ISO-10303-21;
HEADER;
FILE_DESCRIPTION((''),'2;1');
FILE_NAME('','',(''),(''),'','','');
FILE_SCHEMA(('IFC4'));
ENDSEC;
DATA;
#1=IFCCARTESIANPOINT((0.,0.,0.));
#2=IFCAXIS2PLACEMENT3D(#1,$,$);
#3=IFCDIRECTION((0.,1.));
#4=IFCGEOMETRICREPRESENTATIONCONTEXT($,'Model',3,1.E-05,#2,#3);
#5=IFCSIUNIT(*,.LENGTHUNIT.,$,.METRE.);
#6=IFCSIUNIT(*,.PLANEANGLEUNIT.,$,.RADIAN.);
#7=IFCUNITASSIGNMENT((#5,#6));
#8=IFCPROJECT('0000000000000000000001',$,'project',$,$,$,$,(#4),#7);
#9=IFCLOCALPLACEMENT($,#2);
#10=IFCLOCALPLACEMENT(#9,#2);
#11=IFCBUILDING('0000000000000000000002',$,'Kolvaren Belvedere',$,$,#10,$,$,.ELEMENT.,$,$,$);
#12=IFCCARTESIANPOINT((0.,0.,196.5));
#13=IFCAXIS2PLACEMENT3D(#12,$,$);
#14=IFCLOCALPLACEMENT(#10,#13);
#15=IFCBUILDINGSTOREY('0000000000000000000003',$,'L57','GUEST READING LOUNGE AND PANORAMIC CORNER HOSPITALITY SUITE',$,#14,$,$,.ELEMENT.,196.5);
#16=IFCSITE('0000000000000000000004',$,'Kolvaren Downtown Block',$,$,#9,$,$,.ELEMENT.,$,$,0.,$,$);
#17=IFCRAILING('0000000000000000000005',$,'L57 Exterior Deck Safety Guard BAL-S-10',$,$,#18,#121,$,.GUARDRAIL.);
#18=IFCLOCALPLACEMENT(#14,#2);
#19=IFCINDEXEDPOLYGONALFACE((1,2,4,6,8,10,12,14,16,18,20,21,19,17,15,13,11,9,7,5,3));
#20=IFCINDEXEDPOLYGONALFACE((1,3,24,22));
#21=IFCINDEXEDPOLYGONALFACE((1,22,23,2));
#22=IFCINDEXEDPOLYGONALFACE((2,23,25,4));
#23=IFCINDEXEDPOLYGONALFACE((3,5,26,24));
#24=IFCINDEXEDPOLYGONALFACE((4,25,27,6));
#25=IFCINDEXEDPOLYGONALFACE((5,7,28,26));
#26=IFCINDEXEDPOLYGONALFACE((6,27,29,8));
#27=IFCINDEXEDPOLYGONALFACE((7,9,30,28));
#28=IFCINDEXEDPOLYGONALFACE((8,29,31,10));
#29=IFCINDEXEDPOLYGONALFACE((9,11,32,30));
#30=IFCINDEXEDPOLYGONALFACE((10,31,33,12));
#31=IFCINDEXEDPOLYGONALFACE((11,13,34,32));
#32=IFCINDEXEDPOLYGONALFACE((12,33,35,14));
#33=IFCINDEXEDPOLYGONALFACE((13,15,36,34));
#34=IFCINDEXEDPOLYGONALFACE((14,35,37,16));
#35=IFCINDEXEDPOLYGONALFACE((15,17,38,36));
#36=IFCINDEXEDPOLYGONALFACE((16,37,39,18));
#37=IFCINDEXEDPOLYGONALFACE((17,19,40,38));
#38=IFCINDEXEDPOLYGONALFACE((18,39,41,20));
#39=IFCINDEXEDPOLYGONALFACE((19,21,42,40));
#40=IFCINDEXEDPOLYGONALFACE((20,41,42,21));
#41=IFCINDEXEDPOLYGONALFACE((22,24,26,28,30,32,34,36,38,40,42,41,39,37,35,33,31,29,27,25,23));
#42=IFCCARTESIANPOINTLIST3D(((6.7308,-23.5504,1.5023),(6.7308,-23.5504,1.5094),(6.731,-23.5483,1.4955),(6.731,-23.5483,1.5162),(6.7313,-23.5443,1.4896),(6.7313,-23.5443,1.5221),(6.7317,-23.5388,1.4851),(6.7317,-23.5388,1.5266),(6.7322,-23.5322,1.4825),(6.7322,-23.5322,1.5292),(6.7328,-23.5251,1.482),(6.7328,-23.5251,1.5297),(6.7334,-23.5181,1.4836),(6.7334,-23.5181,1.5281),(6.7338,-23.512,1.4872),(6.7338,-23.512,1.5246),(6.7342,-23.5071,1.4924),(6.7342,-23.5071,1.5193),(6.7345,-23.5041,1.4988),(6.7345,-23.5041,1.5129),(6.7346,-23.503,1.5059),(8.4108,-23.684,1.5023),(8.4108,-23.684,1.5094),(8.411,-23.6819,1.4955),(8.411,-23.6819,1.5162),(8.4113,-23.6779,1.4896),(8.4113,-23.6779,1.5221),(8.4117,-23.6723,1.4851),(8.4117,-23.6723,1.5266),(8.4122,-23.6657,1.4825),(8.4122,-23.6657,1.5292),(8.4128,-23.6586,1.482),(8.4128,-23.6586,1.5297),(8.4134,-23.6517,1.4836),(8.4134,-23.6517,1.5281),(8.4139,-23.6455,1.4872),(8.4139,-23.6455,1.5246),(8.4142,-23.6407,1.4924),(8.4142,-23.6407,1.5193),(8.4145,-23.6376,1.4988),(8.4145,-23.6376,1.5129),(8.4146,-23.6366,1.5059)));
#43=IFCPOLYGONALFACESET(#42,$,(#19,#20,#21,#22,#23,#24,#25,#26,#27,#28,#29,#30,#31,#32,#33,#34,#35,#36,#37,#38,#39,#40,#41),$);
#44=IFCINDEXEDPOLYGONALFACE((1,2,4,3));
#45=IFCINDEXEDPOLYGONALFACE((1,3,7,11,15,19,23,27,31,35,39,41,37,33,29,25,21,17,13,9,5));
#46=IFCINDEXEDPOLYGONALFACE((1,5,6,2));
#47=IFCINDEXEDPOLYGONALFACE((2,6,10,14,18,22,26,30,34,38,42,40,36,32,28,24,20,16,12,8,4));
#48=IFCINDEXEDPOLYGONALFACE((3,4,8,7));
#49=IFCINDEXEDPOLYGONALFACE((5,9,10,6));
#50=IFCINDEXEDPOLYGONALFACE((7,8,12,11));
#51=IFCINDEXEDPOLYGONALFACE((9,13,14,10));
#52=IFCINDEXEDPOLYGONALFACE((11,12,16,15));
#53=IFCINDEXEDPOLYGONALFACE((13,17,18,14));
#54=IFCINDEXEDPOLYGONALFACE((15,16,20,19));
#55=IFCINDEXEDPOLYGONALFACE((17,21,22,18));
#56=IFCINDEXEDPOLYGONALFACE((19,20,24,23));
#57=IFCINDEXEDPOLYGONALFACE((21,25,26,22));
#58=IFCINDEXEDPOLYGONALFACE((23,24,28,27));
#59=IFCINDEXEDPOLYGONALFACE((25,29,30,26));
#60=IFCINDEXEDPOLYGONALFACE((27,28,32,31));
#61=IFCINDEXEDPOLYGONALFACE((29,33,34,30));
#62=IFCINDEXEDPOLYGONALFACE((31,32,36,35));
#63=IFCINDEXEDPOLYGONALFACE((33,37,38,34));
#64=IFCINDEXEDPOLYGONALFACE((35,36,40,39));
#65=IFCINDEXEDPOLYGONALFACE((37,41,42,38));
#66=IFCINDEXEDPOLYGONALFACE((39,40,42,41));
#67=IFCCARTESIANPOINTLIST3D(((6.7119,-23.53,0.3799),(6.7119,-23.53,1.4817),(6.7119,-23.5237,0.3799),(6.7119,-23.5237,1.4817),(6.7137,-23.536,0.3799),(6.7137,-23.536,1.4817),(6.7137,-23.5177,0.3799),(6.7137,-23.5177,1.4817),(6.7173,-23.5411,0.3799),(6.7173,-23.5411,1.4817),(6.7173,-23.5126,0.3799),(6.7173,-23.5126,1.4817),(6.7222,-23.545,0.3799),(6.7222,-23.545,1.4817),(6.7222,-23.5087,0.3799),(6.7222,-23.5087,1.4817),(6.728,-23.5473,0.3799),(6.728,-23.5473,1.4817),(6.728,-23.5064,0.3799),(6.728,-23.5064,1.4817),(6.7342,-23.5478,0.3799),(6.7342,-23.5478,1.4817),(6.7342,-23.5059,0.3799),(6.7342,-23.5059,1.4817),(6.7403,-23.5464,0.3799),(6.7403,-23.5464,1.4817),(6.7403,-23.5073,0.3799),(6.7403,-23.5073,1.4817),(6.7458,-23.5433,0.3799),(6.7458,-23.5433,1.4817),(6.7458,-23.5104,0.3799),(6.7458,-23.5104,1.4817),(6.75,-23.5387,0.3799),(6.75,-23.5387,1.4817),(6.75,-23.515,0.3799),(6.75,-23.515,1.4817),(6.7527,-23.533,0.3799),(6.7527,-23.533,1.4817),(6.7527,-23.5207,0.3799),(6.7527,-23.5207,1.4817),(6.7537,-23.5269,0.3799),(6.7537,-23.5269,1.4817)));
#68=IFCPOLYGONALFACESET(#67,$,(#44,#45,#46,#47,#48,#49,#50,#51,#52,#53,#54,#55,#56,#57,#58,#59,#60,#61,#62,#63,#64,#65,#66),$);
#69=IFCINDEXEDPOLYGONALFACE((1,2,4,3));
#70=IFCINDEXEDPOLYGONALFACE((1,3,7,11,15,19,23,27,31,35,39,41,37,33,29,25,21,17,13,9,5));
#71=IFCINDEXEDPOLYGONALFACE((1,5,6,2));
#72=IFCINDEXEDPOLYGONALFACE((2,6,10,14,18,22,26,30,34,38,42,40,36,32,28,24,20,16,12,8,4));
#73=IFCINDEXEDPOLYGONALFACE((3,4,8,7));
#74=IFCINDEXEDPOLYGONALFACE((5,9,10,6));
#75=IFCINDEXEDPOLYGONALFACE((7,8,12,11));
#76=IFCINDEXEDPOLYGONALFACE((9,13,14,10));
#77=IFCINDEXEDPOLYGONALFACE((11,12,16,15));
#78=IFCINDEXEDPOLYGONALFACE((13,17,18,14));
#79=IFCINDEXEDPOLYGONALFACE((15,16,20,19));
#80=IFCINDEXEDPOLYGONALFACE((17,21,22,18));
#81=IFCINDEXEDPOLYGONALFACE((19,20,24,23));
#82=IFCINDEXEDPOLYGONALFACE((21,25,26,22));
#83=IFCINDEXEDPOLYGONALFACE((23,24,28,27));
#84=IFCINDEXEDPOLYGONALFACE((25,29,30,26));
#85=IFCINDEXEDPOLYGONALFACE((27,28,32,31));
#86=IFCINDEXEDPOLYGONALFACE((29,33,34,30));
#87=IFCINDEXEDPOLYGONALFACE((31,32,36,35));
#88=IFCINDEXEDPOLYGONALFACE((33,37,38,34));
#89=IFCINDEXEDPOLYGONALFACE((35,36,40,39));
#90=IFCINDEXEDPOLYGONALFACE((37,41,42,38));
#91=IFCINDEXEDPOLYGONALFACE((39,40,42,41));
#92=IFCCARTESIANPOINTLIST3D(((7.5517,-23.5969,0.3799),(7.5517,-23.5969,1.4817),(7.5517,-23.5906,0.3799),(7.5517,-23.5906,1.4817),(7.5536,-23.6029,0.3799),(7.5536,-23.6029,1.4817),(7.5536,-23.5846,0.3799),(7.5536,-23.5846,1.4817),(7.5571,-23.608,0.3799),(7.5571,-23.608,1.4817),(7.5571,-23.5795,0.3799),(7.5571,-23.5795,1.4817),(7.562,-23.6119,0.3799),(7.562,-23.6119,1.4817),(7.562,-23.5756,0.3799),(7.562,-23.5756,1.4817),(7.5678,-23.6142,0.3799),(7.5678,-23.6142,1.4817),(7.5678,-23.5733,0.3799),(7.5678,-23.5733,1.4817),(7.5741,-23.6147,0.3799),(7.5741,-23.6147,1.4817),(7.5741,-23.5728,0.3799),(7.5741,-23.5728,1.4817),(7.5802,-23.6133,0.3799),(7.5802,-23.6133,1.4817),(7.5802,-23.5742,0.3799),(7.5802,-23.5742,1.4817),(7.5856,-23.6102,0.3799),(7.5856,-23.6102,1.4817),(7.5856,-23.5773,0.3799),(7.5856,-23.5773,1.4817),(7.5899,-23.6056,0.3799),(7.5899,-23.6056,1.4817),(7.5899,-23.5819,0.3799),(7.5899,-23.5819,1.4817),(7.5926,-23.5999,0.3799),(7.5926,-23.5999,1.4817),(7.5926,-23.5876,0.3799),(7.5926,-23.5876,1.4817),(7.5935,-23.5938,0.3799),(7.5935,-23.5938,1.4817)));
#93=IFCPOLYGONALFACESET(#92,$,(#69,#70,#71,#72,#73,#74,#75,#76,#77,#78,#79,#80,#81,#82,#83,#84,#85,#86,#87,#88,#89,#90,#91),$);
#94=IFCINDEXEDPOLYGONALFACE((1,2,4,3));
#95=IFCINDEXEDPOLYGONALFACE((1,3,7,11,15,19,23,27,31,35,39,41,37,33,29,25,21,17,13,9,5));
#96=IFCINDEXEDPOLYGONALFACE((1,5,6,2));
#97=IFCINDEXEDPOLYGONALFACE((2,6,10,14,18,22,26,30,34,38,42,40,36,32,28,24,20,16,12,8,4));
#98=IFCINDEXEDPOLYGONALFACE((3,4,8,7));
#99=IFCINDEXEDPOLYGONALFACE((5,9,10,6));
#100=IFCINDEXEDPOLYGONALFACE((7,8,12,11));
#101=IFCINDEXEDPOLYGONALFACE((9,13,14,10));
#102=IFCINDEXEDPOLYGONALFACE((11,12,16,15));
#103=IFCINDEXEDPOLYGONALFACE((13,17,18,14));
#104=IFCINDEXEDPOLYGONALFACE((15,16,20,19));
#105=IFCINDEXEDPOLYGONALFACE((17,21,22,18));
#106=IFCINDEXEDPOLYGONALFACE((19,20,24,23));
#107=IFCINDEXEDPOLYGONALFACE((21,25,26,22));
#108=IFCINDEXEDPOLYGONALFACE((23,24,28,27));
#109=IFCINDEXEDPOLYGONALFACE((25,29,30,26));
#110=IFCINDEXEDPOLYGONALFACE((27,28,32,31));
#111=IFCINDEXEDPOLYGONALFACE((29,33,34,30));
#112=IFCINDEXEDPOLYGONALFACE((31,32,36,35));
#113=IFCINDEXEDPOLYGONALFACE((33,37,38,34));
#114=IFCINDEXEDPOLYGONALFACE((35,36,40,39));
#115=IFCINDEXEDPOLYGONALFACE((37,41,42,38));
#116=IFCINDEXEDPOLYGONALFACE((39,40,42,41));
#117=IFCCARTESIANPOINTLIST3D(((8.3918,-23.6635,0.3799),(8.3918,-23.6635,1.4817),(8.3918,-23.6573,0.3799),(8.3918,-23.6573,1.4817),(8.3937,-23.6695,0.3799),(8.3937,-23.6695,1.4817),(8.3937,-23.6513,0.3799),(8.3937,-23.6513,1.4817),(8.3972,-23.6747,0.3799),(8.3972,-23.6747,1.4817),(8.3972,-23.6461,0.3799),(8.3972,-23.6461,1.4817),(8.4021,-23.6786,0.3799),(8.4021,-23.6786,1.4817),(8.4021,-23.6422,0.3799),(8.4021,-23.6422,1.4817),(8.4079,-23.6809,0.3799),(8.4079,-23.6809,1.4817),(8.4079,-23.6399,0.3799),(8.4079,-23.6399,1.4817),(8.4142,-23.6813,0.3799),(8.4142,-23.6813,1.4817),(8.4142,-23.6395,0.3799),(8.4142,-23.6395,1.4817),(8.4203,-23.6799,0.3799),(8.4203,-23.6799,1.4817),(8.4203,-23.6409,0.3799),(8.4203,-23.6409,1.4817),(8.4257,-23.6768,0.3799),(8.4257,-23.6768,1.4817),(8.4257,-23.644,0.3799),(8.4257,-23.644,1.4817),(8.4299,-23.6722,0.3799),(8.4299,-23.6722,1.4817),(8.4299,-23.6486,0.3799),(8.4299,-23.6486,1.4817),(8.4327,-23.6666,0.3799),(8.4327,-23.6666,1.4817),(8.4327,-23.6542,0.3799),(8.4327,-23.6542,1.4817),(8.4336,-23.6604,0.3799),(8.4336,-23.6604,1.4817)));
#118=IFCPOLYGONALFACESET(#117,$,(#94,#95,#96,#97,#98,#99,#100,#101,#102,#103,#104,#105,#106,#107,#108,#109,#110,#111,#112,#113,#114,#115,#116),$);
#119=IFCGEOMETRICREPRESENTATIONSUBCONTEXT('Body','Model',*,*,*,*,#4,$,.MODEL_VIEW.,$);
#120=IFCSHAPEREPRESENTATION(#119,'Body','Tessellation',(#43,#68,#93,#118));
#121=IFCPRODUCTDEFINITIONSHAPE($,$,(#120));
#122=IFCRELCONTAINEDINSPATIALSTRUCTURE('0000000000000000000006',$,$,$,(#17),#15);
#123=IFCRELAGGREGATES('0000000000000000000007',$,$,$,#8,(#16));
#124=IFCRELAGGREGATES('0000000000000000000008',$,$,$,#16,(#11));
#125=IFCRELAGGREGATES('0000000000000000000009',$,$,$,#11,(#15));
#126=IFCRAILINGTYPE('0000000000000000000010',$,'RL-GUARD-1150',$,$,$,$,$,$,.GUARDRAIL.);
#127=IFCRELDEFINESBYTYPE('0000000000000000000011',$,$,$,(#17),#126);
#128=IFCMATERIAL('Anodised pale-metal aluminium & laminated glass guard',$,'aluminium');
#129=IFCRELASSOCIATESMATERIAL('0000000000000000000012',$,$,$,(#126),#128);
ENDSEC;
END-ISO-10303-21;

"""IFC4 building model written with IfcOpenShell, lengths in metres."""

from ifc_helpers import new_model, si_unit, direction, frame, origin, origin_2d, place, context, subcontext, project, spatial, circle, extrude, material, type_object, element, save


model = new_model("IFC4")

# Units and contexts
model_context = context("Model", 3, precision=1e-05, world=origin(), true_north=direction((0.0, 1.0)))
body_context = subcontext(model_context, "Body", "Model", "MODEL_VIEW")
ifc_project = project(units=[si_unit("LENGTHUNIT", "METRE"), si_unit("PLANEANGLEUNIT", "RADIAN")], contexts=[model_context])

# Site, building, storey
site_placement = place(None, origin())
site = spatial("IfcSite", under=ifc_project, at=site_placement, Name="Kolvaren Downtown Block", CompositionType="ELEMENT", RefElevation=0.0)
building_placement = place(site_placement, origin())
building = spatial("IfcBuilding", under=site, at=building_placement, Name="Kolvaren Belvedere", CompositionType="ELEMENT")
storey_placement = place(building_placement, frame((0.0, 0.0, 196.5)))
storey = spatial("IfcBuildingStorey", under=building, at=storey_placement, Name="L57", Description="GUEST READING LOUNGE AND PANORAMIC CORNER HOSPITALITY SUITE", CompositionType="ELEMENT", Elevation=196.5)

# Railing
ifc_material_1 = material(Name="Anodised pale-metal aluminium & laminated glass guard", Category="aluminium")
railing_type = type_object("IfcRailingType", Name="RL-GUARD-1150", PredefinedType="GUARDRAIL", material=ifc_material_1)
railing_1_placement = place(storey_placement, frame((6.7327, -23.5269, 0.3799)))
element("IfcRailing", 1, at=railing_1_placement, inside=storey, type_object=railing_type, Name="L57 Exterior Deck Safety Guard BAL-S-10", PredefinedType="GUARDRAIL", context=body_context, shape_type="SweptSolid", body=[
    extrude(circle(Radius=0.0239, at=origin_2d()), frame((0.0, 0.0, 1.126), z_axis=(0.996855, -0.079244, 0.0), x_axis=(0.079244, 0.996855, 0.0)), (0.0, 0.0, 1.0), 1.6853),
    extrude(circle(Radius=0.021, at=origin_2d()), origin(), (0.0, 0.0, 1.0), 1.1018),
    extrude(circle(Radius=0.021, at=origin_2d()), frame((0.8398, -0.0669, 0.0)), (0.0, 0.0, 1.0), 1.1018),
    extrude(circle(Radius=0.021, at=origin_2d()), frame((1.6799, -0.1335, 0.0)), (0.0, 0.0, 1.0), 1.1018),
])

save(model, "model.ifc")
